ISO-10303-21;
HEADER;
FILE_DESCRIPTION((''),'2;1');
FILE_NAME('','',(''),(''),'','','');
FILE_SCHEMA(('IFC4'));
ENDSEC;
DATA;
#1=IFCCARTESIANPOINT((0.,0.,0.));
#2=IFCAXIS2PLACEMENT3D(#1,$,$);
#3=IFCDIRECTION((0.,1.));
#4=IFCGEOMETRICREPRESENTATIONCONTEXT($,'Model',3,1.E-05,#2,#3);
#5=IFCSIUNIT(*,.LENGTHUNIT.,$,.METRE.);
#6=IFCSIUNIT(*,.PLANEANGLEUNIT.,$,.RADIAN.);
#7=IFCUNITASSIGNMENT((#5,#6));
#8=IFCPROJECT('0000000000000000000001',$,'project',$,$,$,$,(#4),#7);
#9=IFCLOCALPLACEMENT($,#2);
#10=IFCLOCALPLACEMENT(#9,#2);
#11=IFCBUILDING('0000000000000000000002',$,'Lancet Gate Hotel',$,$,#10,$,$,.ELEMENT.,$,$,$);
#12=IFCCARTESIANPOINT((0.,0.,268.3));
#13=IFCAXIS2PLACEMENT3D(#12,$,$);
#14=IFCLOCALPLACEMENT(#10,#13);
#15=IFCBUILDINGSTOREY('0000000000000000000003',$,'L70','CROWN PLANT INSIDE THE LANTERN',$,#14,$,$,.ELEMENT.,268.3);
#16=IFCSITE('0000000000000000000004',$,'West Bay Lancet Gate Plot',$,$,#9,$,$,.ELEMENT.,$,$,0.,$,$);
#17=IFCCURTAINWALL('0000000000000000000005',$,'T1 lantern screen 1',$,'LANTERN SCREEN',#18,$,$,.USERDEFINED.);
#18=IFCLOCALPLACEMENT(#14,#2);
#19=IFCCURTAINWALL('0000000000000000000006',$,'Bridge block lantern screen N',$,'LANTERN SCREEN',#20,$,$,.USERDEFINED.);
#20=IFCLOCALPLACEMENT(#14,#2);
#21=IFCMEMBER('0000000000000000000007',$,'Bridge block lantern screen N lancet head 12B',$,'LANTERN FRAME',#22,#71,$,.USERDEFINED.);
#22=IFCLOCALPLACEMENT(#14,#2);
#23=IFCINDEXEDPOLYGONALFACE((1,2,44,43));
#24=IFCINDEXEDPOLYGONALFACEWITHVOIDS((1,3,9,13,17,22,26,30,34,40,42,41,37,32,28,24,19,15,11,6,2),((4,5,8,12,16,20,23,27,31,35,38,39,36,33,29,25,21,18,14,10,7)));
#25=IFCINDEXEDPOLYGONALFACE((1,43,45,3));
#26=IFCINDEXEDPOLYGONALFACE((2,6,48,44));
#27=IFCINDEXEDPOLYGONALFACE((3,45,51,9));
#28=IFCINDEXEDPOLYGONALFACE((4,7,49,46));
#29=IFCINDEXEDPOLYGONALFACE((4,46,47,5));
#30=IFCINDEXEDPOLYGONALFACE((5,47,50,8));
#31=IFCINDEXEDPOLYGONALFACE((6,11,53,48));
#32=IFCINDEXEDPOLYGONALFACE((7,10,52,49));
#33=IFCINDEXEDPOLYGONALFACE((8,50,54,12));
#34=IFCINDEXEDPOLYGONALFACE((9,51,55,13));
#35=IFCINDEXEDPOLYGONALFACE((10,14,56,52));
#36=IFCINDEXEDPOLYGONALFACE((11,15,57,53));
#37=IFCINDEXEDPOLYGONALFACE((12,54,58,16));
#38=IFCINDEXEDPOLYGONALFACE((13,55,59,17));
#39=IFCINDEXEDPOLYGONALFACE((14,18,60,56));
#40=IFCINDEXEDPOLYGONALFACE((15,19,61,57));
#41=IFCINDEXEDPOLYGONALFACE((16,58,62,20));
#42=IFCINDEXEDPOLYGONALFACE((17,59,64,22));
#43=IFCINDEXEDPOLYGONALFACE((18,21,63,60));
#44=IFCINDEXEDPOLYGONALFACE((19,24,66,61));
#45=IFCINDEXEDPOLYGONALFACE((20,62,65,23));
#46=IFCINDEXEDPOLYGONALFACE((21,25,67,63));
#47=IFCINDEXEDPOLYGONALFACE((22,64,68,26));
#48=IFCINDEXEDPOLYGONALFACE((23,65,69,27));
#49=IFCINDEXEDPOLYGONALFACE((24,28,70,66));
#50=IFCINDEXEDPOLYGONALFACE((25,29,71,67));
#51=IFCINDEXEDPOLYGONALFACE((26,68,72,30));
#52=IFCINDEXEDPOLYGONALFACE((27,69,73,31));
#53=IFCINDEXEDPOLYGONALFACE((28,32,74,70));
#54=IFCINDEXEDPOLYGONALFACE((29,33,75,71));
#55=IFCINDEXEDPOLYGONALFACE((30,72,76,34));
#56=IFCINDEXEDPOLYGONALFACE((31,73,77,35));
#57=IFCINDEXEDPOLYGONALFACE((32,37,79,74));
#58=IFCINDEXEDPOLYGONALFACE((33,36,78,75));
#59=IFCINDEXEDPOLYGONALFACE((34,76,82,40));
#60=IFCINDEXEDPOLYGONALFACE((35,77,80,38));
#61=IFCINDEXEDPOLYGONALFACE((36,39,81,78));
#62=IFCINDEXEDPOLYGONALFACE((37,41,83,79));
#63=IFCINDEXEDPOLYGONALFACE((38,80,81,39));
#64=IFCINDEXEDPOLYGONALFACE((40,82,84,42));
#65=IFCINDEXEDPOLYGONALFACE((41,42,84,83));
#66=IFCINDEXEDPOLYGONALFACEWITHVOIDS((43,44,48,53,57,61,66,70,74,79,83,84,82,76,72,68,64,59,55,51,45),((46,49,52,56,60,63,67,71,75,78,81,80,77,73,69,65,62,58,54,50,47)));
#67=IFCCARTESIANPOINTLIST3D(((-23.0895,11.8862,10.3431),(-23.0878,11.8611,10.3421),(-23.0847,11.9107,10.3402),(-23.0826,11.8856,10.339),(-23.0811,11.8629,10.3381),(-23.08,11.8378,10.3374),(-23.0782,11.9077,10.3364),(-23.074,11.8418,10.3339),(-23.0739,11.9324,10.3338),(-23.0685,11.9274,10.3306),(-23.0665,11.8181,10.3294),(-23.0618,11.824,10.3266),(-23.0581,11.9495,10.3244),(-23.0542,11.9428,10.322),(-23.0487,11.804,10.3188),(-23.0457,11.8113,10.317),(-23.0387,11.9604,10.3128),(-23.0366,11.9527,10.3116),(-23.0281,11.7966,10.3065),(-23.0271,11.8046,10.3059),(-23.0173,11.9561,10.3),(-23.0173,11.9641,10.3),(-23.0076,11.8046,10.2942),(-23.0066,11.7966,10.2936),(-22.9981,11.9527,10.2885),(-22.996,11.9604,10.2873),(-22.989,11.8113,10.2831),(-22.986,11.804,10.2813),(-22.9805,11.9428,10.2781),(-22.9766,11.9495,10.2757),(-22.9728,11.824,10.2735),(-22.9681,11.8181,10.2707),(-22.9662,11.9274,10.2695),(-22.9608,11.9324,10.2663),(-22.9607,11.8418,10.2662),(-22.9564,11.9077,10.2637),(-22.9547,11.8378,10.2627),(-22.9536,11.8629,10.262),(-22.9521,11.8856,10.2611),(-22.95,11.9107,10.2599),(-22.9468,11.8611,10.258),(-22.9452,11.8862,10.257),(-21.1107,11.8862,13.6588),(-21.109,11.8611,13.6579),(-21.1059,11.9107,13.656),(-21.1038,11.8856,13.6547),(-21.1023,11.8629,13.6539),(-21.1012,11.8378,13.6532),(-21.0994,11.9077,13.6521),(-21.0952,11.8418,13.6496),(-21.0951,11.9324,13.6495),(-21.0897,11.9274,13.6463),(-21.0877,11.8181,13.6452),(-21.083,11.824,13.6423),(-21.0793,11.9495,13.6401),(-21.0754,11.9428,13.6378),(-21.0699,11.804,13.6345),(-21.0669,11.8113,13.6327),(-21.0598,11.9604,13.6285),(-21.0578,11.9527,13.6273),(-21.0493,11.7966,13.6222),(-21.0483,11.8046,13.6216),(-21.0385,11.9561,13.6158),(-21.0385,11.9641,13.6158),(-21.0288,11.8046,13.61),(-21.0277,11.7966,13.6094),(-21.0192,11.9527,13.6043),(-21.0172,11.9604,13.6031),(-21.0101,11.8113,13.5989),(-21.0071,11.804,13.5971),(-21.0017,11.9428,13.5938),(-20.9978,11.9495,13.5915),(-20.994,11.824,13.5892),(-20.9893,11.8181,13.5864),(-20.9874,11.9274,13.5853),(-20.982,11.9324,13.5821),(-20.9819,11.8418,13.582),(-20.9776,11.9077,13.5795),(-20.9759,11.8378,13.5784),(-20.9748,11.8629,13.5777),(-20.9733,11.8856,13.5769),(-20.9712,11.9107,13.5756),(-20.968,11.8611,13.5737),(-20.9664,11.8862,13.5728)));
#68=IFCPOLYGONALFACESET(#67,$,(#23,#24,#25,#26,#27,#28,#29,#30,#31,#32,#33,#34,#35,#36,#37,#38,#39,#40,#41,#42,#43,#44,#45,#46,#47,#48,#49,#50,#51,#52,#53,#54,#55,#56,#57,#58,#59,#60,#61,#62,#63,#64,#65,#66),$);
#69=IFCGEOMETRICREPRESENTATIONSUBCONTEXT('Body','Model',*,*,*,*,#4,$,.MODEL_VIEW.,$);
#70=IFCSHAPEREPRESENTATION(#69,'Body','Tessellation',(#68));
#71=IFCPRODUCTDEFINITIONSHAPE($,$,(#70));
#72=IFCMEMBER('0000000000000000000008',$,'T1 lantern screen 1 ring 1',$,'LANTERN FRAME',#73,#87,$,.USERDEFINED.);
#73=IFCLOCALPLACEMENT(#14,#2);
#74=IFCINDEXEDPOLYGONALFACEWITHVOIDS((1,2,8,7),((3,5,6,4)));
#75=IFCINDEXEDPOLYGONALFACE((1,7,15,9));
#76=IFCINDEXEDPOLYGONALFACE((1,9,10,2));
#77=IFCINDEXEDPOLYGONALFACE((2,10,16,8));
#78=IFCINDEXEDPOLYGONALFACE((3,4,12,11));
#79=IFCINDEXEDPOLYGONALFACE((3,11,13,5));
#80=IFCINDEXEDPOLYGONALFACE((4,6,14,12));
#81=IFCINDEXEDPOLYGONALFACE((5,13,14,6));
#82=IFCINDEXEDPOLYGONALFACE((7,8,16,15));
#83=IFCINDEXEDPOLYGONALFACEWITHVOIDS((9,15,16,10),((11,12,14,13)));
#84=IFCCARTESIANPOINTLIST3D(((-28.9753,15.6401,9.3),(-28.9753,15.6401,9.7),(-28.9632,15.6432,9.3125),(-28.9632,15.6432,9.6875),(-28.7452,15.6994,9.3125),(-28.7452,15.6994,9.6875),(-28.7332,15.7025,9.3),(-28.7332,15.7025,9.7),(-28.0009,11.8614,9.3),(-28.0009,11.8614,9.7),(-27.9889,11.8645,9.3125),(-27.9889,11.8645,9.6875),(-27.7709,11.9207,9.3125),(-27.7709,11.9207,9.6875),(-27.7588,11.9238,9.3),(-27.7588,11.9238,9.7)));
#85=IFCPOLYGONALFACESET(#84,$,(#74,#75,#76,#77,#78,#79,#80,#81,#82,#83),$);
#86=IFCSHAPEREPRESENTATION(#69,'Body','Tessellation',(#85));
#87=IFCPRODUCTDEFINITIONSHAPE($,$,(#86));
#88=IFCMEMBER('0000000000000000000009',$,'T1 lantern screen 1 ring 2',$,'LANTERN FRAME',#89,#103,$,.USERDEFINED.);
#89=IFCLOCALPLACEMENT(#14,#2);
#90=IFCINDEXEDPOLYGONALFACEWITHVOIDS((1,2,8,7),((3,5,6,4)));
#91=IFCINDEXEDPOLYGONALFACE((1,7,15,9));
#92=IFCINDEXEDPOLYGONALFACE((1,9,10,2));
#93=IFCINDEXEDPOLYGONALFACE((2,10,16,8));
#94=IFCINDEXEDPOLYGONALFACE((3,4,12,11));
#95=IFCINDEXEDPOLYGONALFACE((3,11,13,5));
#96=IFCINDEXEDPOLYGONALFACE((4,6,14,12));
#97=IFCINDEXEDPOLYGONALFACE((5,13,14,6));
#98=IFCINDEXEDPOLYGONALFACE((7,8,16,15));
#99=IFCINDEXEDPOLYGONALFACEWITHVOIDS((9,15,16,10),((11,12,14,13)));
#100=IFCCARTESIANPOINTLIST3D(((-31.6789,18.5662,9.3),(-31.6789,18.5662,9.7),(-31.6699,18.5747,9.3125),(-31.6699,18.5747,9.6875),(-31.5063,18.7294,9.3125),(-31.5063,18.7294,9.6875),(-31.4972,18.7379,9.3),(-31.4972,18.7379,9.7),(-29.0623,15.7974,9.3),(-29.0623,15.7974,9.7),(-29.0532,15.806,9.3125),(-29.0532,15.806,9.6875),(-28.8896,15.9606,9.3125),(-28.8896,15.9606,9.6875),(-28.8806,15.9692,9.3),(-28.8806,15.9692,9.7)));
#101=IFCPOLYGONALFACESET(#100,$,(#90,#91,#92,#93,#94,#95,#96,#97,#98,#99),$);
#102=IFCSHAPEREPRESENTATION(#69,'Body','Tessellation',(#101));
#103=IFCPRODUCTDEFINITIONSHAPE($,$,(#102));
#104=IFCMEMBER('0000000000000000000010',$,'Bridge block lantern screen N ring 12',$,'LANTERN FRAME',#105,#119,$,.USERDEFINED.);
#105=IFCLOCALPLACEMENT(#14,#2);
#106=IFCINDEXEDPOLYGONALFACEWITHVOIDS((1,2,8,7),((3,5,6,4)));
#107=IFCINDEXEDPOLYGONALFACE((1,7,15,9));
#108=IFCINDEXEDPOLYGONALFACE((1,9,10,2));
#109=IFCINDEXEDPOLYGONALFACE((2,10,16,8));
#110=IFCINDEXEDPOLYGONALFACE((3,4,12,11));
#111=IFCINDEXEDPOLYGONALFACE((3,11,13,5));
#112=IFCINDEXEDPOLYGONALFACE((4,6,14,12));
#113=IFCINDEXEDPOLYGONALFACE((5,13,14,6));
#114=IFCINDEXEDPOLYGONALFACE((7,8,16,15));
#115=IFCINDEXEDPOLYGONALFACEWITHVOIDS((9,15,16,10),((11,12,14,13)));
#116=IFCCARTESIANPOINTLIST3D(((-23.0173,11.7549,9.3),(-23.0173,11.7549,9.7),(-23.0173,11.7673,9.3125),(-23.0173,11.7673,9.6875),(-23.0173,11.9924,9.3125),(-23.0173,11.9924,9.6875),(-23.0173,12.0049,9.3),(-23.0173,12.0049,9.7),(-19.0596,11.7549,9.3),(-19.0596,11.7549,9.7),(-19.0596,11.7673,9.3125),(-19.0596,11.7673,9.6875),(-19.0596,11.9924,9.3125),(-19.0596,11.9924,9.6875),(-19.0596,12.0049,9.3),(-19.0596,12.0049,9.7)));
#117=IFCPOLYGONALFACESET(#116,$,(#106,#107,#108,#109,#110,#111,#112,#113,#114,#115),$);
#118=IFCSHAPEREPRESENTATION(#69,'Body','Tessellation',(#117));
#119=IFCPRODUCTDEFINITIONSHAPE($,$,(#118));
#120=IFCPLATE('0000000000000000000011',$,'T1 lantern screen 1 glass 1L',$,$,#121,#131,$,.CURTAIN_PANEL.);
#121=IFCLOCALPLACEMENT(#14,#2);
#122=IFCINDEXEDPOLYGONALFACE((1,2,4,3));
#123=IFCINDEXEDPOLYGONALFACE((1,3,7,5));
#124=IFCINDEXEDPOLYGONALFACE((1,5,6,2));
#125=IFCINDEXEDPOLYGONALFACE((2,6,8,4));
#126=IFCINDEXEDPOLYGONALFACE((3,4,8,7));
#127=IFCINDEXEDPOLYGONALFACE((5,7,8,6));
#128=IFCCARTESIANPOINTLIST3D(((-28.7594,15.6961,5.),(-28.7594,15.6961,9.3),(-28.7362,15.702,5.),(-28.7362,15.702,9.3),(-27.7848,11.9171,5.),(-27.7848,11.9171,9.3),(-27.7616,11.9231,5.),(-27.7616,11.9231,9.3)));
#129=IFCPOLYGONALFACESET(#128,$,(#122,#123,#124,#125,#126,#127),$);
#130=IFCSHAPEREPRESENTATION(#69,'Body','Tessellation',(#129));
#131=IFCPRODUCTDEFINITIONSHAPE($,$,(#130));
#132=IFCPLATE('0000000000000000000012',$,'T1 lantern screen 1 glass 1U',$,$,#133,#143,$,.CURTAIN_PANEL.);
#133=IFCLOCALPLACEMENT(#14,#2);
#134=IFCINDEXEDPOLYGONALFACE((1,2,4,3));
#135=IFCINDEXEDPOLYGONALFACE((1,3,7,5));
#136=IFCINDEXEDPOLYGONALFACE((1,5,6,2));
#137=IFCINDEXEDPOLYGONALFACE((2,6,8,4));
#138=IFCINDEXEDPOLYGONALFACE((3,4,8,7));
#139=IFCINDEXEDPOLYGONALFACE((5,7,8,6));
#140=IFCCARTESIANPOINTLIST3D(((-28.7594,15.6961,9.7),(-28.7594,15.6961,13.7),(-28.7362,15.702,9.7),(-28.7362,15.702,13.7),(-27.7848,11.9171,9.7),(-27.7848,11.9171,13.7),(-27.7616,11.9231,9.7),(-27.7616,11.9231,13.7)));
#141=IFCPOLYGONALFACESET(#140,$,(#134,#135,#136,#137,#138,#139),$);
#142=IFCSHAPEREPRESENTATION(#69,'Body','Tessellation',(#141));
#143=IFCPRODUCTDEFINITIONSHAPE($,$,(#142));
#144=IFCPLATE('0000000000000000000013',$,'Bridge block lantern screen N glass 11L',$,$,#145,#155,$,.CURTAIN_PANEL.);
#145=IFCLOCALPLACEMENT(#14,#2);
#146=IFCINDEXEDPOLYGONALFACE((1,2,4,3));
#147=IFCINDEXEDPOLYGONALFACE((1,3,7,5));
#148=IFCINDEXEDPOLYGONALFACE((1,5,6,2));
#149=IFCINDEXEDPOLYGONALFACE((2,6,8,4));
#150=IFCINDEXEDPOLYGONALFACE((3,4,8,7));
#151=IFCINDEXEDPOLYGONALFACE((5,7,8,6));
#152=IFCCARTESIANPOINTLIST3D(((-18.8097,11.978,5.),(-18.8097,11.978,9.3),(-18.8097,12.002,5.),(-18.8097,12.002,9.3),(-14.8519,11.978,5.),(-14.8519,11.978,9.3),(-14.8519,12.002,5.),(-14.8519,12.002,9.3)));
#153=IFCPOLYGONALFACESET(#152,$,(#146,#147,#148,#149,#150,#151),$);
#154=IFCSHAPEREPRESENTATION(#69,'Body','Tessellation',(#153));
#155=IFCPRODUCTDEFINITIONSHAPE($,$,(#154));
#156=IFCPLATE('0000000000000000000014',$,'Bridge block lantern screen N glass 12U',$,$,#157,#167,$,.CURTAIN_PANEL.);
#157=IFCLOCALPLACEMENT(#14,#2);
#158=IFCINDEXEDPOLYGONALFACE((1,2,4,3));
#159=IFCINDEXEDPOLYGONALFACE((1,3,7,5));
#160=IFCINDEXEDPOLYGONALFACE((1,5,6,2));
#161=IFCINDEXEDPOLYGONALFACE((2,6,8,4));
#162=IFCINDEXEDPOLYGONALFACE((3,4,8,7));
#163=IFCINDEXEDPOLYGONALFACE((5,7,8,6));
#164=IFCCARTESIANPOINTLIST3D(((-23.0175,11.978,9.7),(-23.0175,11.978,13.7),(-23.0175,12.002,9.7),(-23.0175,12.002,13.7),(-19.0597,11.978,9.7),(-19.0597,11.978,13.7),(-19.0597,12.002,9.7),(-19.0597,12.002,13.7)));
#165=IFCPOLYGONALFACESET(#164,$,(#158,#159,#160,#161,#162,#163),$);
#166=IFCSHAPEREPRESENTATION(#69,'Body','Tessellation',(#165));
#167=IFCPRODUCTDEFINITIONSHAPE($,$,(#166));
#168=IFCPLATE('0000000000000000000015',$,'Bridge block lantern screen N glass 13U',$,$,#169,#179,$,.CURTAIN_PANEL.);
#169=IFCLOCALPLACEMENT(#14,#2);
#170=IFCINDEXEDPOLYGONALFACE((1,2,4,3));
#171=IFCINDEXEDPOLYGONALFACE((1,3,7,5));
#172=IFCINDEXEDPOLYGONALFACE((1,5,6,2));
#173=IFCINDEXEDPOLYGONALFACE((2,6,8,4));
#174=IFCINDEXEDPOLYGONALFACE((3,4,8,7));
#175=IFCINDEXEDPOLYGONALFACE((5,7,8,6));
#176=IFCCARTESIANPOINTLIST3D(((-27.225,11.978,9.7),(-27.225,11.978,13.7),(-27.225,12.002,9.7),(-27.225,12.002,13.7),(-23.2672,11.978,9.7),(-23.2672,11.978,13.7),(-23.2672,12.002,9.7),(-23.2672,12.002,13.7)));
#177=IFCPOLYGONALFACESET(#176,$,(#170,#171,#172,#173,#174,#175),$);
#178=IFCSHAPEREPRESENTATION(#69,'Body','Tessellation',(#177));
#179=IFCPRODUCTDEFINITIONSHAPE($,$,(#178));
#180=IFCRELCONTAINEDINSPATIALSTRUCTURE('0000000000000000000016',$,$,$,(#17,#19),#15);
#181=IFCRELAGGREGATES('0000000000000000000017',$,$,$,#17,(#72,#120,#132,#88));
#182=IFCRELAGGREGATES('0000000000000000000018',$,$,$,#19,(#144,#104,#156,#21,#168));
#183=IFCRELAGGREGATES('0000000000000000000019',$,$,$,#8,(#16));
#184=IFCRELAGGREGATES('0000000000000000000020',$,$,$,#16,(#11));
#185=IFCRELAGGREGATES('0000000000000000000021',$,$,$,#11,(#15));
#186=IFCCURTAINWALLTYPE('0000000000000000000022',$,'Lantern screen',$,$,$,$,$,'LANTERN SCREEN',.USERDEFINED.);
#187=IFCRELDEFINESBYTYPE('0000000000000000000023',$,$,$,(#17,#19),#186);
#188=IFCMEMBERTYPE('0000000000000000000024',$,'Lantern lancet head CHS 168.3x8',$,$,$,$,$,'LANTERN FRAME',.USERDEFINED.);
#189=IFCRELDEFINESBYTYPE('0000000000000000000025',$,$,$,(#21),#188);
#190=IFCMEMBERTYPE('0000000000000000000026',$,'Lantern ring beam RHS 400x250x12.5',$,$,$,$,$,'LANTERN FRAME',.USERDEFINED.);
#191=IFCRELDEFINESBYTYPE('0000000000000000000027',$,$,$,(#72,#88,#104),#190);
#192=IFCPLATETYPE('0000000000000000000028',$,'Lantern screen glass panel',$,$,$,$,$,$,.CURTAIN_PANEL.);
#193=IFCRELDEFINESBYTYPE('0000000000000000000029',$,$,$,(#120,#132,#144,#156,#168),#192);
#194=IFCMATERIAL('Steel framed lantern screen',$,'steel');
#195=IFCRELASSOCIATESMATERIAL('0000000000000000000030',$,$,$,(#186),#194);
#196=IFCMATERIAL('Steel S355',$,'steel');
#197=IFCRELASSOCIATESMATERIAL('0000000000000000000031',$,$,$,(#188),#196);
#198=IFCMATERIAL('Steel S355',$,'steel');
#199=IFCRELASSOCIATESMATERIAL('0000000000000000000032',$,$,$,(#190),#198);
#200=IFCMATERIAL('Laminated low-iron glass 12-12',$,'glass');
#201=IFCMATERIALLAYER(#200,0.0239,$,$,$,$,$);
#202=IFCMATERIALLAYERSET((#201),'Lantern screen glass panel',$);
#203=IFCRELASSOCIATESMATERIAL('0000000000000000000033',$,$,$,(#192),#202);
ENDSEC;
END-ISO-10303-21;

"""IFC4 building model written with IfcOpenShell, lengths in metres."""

from ifc_helpers import new_model, si_unit, direction, frame, origin, origin_2d, place, context, subcontext, project, spatial, rectangle, hollow_rectangle, hollow_circle, extrude, material, layer, layer_set, material_profile, profile_set, type_object, element, aggregate, save


model = new_model("IFC4")

# Units and contexts
model_context = context("Model", 3, precision=1e-05, world=origin(), true_north=direction((0.0, 1.0)))
body_context = subcontext(model_context, "Body", "Model", "MODEL_VIEW")
ifc_project = project(units=[si_unit("LENGTHUNIT", "METRE"), si_unit("PLANEANGLEUNIT", "RADIAN")], contexts=[model_context])

# Site, building, storey
site_placement = place(None, origin())
site = spatial("IfcSite", under=ifc_project, at=site_placement, Name="West Bay Lancet Gate Plot", CompositionType="ELEMENT", RefElevation=0.0)
building_placement = place(site_placement, origin())
building = spatial("IfcBuilding", under=site, at=building_placement, Name="Lancet Gate Hotel", CompositionType="ELEMENT")
storey_placement = place(building_placement, frame((0.0, 0.0, 268.3)))
storey = spatial("IfcBuildingStorey", under=building, at=storey_placement, Name="L70", Description="CROWN PLANT INSIDE THE LANTERN", CompositionType="ELEMENT", Elevation=268.3)

# Curtain wall
ifc_material_1 = material(Name="Steel framed lantern screen", Category="steel")
curtain_wall_type = type_object("IfcCurtainWallType", Name="Lantern screen", ElementType="LANTERN SCREEN", PredefinedType="USERDEFINED", material=ifc_material_1)
curtain_wall_1_placement = place(storey_placement, origin())
curtain_wall_1 = element("IfcCurtainWall", 1, at=curtain_wall_1_placement, inside=storey, type_object=curtain_wall_type, Name="T1 lantern screen 1", ObjectType="LANTERN SCREEN", PredefinedType="USERDEFINED")

# Curtain wall
curtain_wall_2_placement = place(storey_placement, origin())
curtain_wall_2 = element("IfcCurtainWall", 2, at=curtain_wall_2_placement, inside=storey, type_object=curtain_wall_type, Name="Bridge block lantern screen N", ObjectType="LANTERN SCREEN", PredefinedType="USERDEFINED")

# Members
ifc_material_2 = material(Name="Steel S355", Category="steel")
ifc_material_profile_1 = material_profile(ifc_material_2, hollow_circle(Radius=0.0842, WallThickness=0.0081, at=origin_2d()), Name="CHS 168.3x8.0")
ifc_profile_set_1 = profile_set([ifc_material_profile_1], Name="Steel S355")
member_type_1 = type_object("IfcMemberType", Name="Lantern lancet head CHS 168.3x8", ElementType="LANTERN FRAME", PredefinedType="USERDEFINED", material=ifc_profile_set_1)
member_1_placement = place(storey_placement, frame((-23.0173, 11.8799, 10.3), z_axis=(0.512467, 0.0, 0.858707), x_axis=(0.0, 1.0, 0.0)))
member_1 = element("IfcMember", 3, at=member_1_placement, type_object=member_type_1, Name="Bridge block lantern screen N lancet head 12B", ObjectType="LANTERN FRAME", PredefinedType="USERDEFINED", context=body_context, shape_type="SweptSolid", body=[
    extrude(hollow_circle(Radius=0.0842, WallThickness=0.0081, at=origin_2d()), origin(), (0.0, 0.0, 1.0), 3.8613),
])
ifc_material_3 = material(Name="Steel S355", Category="steel")
ifc_material_profile_2 = material_profile(ifc_material_3, hollow_rectangle(XDim=0.25, YDim=0.3999, WallThickness=0.0125, at=origin_2d()), Name="RHS 400x250x12.5")
ifc_profile_set_2 = profile_set([ifc_material_profile_2], Name="Steel S355")
member_type_2 = type_object("IfcMemberType", Name="Lantern ring beam RHS 400x250x12.5", ElementType="LANTERN FRAME", PredefinedType="USERDEFINED", material=ifc_profile_set_2)
member_2_placement = place(storey_placement, frame((-27.8799, 11.8926, 9.5), z_axis=(-0.249683, 0.968328, 0.0), x_axis=(-0.968328, -0.249683, 0.0)))
member_2 = element("IfcMember", 4, at=member_2_placement, type_object=member_type_2, Name="T1 lantern screen 1 ring 1", ObjectType="LANTERN FRAME", PredefinedType="USERDEFINED", context=body_context, shape_type="SweptSolid", body=[
    extrude(hollow_rectangle(XDim=0.25, YDim=0.3999, WallThickness=0.0125, at=origin_2d()), origin(), (0.0, 0.0, 1.0), 3.9023),
])
member_3_placement = place(storey_placement, frame((-28.9714, 15.8833, 9.5), z_axis=(-0.686862, 0.726787, 0.0), x_axis=(-0.726787, -0.686862, 0.0)))
member_3 = element("IfcMember", 5, at=member_3_placement, type_object=member_type_2, Name="T1 lantern screen 1 ring 2", ObjectType="LANTERN FRAME", PredefinedType="USERDEFINED", context=body_context, shape_type="SweptSolid", body=[
    extrude(hollow_rectangle(XDim=0.25, YDim=0.3999, WallThickness=0.0125, at=origin_2d()), origin(), (0.0, 0.0, 1.0), 3.8096),
])
member_4_placement = place(storey_placement, frame((-19.0596, 11.8799, 9.5), z_axis=(-1.0, 0.0, 0.0), x_axis=(0.0, -1.0, 0.0)))
member_4 = element("IfcMember", 6, at=member_4_placement, type_object=member_type_2, Name="Bridge block lantern screen N ring 12", ObjectType="LANTERN FRAME", PredefinedType="USERDEFINED", context=body_context, shape_type="SweptSolid", body=[
    extrude(hollow_rectangle(XDim=0.25, YDim=0.3999, WallThickness=0.0125, at=origin_2d()), origin(), (0.0, 0.0, 1.0), 3.9578),
])

# Plates
ifc_material_4 = material(Name="Laminated low-iron glass 12-12", Category="glass")
ifc_layer = layer(ifc_material_4, 0.0239)
ifc_layer_set = layer_set([ifc_layer], Name="Lantern screen glass panel")
plate_type = type_object("IfcPlateType", Name="Lantern screen glass panel", PredefinedType="CURTAIN_PANEL", material=ifc_layer_set)
plate_1_placement = place(storey_placement, frame((-28.2605, 13.8096, 5.0), z_axis=(0.0, 0.0, 1.0), x_axis=(-0.249726, 0.968317, 0.0)))
plate_1 = element("IfcPlate", 7, at=plate_1_placement, type_object=plate_type, Name="T1 lantern screen 1 glass 1L", PredefinedType="CURTAIN_PANEL", context=body_context, shape_type="SweptSolid", body=[
    extrude(rectangle(XDim=3.9026, YDim=0.0239, at=origin_2d()), origin(), (0.0, 0.0, 1.0), 4.3),
])
plate_2_placement = place(storey_placement, frame((-28.2605, 13.8096, 9.7), z_axis=(0.0, 0.0, 1.0), x_axis=(-0.249726, 0.968317, 0.0)))
plate_2 = element("IfcPlate", 8, at=plate_2_placement, type_object=plate_type, Name="T1 lantern screen 1 glass 1U", PredefinedType="CURTAIN_PANEL", context=body_context, shape_type="SweptSolid", body=[
    extrude(rectangle(XDim=3.9026, YDim=0.0239, at=origin_2d()), origin(), (0.0, 0.0, 1.0), 4.0),
])
aggregate(curtain_wall_1, [member_2, plate_1, plate_2, member_3])
plate_3_placement = place(storey_placement, frame((-16.8308, 11.99, 5.0), z_axis=(0.0, 0.0, 1.0), x_axis=(-1.0, 0.0, 0.0)))
plate_3 = element("IfcPlate", 9, at=plate_3_placement, type_object=plate_type, Name="Bridge block lantern screen N glass 11L", PredefinedType="CURTAIN_PANEL", context=body_context, shape_type="SweptSolid", body=[
    extrude(rectangle(XDim=3.9578, YDim=0.0239, at=origin_2d()), origin(), (0.0, 0.0, 1.0), 4.3),
])
plate_4_placement = place(storey_placement, frame((-21.0386, 11.99, 9.7), z_axis=(0.0, 0.0, 1.0), x_axis=(-1.0, 0.0, 0.0)))
plate_4 = element("IfcPlate", 10, at=plate_4_placement, type_object=plate_type, Name="Bridge block lantern screen N glass 12U", PredefinedType="CURTAIN_PANEL", context=body_context, shape_type="SweptSolid", body=[
    extrude(rectangle(XDim=3.9578, YDim=0.0239, at=origin_2d()), origin(), (0.0, 0.0, 1.0), 4.0),
])
plate_5_placement = place(storey_placement, frame((-25.2461, 11.99, 9.7), z_axis=(0.0, 0.0, 1.0), x_axis=(-1.0, 0.0, 0.0)))
plate_5 = element("IfcPlate", 11, at=plate_5_placement, type_object=plate_type, Name="Bridge block lantern screen N glass 13U", PredefinedType="CURTAIN_PANEL", context=body_context, shape_type="SweptSolid", body=[
    extrude(rectangle(XDim=3.9578, YDim=0.0239, at=origin_2d()), origin(), (0.0, 0.0, 1.0), 4.0),
])
aggregate(curtain_wall_2, [plate_3, member_4, plate_4, member_1, plate_5])

save(model, "model.ifc")
